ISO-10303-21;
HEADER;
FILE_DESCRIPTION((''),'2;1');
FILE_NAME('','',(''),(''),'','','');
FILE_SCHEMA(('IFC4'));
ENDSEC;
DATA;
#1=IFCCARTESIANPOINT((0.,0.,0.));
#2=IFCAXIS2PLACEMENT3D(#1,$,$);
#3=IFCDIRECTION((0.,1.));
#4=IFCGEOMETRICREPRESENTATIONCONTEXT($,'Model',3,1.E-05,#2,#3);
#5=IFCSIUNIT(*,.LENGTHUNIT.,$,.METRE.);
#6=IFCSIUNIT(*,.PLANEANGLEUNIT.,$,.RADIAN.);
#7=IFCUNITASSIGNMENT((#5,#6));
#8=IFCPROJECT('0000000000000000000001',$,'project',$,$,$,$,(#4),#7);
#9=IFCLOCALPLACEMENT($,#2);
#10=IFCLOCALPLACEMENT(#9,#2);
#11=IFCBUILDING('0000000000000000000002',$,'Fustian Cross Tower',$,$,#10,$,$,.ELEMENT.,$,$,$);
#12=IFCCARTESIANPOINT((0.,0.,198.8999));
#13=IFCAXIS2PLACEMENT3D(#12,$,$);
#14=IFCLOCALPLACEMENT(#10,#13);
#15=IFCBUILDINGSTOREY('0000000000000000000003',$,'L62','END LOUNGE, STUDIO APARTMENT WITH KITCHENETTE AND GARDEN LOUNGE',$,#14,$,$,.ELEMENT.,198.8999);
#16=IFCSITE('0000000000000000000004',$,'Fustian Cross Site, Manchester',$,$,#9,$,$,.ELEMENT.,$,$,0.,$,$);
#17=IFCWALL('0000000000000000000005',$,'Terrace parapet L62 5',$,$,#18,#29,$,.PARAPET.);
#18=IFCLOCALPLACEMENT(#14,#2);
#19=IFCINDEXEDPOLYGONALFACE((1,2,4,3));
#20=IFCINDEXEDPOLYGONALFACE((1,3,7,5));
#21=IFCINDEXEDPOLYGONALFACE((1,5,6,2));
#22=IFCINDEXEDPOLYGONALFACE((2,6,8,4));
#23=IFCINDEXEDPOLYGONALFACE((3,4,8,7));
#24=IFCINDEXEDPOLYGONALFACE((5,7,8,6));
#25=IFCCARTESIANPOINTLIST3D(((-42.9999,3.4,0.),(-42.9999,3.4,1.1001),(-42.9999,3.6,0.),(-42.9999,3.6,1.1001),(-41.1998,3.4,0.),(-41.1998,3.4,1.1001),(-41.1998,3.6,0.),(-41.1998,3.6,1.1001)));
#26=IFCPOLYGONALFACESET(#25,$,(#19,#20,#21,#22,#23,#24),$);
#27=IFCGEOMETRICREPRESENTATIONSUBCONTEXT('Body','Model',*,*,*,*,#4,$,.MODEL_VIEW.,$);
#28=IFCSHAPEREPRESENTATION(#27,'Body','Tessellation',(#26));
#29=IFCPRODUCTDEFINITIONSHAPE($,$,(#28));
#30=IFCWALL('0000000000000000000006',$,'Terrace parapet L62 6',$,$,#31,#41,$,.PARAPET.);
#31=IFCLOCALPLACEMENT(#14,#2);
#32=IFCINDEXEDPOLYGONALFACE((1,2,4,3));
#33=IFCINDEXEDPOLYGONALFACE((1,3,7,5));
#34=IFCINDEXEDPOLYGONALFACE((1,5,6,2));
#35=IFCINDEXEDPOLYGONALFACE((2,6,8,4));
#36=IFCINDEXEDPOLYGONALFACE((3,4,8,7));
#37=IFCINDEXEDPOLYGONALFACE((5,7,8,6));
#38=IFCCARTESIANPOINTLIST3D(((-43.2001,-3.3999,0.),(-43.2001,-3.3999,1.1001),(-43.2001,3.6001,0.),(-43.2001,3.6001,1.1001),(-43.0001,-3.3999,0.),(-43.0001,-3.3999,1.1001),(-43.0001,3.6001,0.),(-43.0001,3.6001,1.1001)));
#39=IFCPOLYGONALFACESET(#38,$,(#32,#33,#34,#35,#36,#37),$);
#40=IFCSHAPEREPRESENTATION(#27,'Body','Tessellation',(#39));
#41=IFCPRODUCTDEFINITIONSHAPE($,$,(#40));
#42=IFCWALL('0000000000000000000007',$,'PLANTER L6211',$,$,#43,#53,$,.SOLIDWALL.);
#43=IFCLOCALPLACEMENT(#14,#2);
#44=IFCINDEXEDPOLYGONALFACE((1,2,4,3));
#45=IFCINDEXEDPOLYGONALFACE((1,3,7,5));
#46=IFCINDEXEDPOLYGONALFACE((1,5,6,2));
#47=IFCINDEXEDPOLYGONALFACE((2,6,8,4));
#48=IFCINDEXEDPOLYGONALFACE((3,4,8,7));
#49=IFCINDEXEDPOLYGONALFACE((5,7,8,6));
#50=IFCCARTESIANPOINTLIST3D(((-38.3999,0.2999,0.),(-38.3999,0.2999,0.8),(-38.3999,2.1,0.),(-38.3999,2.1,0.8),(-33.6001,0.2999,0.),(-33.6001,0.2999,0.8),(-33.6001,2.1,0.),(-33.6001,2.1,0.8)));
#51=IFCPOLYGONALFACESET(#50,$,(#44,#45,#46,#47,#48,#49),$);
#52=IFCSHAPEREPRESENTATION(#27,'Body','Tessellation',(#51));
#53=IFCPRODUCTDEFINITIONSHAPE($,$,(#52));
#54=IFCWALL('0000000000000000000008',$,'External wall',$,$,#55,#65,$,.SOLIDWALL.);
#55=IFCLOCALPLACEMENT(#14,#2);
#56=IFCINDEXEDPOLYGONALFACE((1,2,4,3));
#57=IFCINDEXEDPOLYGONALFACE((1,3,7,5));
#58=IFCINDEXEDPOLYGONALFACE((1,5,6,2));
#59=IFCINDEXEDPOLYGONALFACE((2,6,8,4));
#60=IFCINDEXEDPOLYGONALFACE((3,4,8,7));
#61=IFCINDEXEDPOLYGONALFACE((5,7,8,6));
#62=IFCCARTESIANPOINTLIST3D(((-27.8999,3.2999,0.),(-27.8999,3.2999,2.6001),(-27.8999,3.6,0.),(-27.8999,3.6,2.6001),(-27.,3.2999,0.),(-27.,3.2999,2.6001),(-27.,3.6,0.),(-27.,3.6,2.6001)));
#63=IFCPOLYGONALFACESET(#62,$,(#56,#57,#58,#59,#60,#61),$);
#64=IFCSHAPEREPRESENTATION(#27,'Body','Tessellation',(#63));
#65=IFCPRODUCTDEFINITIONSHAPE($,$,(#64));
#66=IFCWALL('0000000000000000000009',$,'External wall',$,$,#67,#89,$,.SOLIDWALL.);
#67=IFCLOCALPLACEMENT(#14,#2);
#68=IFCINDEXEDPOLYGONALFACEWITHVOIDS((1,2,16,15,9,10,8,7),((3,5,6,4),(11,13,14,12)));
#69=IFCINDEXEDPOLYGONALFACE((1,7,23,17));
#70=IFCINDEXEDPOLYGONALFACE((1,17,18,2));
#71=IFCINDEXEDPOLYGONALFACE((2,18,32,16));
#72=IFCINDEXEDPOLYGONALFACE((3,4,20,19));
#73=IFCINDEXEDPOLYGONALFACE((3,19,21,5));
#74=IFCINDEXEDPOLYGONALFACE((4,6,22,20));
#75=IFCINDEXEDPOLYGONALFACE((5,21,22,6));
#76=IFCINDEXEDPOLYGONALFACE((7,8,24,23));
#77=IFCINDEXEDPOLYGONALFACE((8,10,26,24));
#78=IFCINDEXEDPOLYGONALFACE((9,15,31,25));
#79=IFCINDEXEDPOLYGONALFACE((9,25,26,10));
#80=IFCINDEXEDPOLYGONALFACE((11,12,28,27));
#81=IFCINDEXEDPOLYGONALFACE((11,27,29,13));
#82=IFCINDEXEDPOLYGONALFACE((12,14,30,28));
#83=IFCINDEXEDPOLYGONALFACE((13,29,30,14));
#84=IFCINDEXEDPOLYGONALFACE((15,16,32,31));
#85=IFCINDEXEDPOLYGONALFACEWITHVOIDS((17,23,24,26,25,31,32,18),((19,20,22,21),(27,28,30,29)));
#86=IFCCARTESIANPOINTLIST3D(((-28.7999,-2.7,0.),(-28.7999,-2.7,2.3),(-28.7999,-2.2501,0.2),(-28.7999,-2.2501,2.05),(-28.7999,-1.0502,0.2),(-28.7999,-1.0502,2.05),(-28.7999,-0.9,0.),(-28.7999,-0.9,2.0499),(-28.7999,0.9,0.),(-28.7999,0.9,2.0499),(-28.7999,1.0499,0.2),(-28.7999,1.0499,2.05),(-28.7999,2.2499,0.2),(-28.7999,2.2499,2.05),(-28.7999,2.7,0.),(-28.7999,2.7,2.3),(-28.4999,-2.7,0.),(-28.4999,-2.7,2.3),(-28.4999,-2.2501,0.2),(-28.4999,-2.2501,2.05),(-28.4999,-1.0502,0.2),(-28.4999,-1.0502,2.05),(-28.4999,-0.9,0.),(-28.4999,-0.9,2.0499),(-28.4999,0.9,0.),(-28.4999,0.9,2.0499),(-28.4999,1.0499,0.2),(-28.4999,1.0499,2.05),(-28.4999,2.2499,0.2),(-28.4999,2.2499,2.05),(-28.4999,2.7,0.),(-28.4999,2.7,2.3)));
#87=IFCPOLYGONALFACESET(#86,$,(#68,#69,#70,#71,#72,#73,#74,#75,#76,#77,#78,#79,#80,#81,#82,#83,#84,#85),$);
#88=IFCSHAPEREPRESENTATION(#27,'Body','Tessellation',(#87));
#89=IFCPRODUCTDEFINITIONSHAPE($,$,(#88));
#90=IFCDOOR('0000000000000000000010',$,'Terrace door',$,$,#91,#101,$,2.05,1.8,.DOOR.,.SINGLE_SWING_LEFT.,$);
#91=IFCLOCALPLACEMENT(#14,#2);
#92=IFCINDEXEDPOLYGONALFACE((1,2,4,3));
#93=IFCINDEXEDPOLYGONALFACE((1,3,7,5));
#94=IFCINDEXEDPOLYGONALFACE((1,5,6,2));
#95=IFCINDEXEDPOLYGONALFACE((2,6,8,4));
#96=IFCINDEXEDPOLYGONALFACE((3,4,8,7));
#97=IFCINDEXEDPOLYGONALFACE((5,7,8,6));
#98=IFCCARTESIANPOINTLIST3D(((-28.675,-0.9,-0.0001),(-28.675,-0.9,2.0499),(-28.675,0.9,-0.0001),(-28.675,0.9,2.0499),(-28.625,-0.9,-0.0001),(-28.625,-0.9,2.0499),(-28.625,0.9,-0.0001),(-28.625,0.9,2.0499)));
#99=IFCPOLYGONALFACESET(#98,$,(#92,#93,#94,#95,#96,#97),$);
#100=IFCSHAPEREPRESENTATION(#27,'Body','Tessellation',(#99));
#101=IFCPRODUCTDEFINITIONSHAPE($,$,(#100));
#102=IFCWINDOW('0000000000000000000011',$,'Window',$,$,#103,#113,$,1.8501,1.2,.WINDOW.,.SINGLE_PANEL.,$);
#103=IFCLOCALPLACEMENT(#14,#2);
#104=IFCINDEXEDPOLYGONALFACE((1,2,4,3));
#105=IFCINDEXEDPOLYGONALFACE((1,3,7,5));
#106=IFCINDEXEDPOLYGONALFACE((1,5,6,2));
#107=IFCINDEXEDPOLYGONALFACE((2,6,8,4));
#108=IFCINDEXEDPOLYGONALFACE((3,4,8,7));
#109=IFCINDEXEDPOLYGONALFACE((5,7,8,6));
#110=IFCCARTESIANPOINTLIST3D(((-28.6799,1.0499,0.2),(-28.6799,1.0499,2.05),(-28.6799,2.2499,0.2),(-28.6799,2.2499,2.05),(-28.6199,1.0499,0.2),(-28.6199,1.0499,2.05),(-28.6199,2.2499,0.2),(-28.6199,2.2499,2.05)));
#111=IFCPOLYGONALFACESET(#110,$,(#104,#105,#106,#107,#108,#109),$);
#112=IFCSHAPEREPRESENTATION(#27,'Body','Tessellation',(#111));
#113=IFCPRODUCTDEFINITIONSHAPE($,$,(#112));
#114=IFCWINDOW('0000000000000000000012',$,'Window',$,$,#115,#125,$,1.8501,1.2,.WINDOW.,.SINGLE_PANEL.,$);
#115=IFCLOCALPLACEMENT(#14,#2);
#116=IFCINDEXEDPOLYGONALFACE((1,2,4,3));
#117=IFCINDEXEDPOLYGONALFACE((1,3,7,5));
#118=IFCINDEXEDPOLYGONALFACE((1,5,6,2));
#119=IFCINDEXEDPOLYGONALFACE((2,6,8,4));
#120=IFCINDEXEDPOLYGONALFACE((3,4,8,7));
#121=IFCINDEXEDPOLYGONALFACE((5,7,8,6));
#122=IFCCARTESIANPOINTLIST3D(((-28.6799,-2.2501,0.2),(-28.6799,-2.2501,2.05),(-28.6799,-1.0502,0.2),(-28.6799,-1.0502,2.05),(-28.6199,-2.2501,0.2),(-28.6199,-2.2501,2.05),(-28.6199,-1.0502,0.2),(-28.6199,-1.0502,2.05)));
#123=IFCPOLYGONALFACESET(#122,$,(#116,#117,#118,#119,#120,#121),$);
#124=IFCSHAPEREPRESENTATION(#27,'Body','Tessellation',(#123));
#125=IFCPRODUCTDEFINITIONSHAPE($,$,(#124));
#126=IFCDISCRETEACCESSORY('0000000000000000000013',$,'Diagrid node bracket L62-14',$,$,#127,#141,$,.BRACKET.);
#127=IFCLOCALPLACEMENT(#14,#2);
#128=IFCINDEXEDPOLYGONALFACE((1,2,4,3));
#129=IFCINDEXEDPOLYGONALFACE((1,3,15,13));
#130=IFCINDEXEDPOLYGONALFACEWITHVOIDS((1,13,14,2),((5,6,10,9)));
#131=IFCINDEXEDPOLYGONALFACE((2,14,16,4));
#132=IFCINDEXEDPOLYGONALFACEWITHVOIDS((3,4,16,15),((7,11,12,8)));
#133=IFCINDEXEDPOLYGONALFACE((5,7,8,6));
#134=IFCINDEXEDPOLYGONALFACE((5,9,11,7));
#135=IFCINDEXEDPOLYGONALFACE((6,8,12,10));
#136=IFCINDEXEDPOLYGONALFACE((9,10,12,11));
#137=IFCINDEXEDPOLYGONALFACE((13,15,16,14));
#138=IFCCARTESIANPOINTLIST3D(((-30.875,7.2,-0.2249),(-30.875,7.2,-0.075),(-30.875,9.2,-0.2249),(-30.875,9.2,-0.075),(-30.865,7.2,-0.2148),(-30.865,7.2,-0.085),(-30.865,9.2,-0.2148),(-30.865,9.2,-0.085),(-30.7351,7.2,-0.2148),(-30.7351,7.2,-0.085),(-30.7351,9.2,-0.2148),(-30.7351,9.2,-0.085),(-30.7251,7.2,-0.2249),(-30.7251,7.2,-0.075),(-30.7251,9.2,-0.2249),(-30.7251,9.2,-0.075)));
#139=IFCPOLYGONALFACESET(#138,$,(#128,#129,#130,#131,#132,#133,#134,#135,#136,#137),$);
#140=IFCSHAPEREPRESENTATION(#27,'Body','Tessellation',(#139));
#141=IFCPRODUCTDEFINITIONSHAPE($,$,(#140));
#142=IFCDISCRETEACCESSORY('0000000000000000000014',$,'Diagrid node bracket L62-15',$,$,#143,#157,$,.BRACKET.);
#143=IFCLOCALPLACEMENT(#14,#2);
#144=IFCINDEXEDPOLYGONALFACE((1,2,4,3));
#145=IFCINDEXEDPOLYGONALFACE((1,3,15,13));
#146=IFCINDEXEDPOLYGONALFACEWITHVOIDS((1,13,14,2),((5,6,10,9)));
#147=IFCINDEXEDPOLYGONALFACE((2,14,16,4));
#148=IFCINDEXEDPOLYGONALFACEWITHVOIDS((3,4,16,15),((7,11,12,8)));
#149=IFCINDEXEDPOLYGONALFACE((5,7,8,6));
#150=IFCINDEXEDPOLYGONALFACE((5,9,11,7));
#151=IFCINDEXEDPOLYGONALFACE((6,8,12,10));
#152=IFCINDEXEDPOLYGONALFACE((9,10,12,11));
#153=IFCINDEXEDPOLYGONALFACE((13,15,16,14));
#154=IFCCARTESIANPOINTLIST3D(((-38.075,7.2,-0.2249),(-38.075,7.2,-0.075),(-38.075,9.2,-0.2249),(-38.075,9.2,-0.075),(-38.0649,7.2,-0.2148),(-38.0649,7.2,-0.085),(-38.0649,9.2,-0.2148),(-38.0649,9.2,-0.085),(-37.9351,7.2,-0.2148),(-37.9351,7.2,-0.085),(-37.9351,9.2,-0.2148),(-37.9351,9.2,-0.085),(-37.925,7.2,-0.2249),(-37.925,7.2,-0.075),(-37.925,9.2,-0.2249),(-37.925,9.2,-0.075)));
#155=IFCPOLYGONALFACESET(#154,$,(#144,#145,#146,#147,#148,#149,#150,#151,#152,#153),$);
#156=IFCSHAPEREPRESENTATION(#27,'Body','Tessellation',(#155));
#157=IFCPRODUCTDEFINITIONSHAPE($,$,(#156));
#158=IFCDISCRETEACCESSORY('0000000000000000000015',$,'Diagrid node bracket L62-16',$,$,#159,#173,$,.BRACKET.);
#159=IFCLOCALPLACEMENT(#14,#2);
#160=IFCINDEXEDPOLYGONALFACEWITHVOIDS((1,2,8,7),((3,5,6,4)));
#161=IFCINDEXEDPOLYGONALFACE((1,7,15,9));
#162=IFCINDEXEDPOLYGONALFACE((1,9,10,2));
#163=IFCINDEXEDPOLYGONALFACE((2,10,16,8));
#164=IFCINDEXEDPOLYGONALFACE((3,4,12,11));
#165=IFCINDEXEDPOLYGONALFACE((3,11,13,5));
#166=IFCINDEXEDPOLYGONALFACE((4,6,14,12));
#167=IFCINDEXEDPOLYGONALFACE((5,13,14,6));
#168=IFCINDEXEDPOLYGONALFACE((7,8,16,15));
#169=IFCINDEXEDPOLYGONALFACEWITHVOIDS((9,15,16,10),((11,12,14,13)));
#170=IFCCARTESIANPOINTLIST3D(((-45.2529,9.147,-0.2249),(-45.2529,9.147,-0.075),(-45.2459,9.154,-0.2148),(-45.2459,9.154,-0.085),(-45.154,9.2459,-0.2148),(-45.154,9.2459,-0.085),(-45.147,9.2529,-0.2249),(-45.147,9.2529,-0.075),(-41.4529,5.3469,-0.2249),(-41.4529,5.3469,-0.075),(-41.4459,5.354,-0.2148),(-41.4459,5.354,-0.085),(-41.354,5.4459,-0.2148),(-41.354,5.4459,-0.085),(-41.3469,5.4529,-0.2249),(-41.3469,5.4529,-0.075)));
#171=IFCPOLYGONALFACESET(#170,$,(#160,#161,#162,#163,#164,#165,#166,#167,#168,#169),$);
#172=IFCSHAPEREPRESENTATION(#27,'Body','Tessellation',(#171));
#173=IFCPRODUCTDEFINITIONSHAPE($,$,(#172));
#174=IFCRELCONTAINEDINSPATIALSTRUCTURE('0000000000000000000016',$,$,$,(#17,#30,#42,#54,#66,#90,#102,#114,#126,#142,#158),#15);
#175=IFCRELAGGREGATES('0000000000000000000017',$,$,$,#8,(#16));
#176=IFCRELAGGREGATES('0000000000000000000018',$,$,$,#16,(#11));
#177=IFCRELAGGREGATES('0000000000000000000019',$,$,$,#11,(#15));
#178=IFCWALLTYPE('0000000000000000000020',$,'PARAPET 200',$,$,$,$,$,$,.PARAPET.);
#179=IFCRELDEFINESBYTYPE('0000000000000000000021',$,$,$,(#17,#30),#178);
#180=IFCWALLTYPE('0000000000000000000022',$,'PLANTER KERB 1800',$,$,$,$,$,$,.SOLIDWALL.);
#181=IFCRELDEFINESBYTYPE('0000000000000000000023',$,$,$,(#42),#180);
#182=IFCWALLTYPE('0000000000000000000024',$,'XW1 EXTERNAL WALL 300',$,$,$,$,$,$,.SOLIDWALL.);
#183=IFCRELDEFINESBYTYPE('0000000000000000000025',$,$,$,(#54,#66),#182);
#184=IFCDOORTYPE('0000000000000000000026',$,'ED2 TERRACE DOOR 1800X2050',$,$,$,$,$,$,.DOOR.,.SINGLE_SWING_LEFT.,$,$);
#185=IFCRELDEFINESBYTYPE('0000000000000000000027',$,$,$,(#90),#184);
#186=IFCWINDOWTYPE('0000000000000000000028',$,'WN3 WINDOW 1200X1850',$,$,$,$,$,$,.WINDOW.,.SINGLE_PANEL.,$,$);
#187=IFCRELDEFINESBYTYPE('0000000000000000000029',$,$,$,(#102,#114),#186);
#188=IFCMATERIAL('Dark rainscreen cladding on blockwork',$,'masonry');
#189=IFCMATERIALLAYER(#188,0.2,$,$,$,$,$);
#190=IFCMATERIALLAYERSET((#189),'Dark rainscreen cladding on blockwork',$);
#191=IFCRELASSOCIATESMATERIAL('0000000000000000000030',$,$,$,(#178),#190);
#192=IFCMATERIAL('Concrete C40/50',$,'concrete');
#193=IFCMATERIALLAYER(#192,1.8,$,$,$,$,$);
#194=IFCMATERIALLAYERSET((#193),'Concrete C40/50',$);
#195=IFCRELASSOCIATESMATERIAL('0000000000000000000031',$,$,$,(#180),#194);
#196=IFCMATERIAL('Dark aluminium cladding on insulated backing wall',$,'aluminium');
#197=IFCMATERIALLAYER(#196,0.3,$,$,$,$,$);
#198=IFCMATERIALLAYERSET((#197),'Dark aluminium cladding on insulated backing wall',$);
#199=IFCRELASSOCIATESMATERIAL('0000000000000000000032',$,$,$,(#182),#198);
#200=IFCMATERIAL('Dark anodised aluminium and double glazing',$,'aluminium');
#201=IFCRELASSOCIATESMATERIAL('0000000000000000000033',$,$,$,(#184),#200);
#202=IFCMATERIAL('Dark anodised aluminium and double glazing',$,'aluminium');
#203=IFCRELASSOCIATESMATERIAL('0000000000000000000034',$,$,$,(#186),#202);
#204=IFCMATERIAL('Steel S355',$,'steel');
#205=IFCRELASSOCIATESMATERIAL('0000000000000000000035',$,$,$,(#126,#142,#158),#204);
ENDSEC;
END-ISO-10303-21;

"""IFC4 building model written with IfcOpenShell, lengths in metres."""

from ifc_helpers import new_model, si_unit, direction, frame, frame_2d, origin, origin_2d, place, context, subcontext, project, spatial, rectangle, hollow_rectangle, extrude, material, layer, layer_set, type_object, element, fill, save


model = new_model("IFC4")

# Units and contexts
model_context = context("Model", 3, precision=1e-05, world=origin(), true_north=direction((0.0, 1.0)))
body_context = subcontext(model_context, "Body", "Model", "MODEL_VIEW")
ifc_project = project(units=[si_unit("LENGTHUNIT", "METRE"), si_unit("PLANEANGLEUNIT", "RADIAN")], contexts=[model_context])

# Site, building, storey
site_placement = place(None, origin())
site = spatial("IfcSite", under=ifc_project, at=site_placement, Name="Fustian Cross Site, Manchester", CompositionType="ELEMENT", RefElevation=0.0)
building_placement = place(site_placement, origin())
building = spatial("IfcBuilding", under=site, at=building_placement, Name="Fustian Cross Tower", CompositionType="ELEMENT")
storey_placement = place(building_placement, frame((0.0, 0.0, 198.8999)))
storey = spatial("IfcBuildingStorey", under=building, at=storey_placement, Name="L62", Description="END LOUNGE, STUDIO APARTMENT WITH KITCHENETTE AND GARDEN LOUNGE", CompositionType="ELEMENT", Elevation=198.8999)

# Walls
ifc_material_1 = material(Name="Dark rainscreen cladding on blockwork", Category="masonry")
ifc_layer_1 = layer(ifc_material_1, 0.2)
ifc_layer_set_1 = layer_set([ifc_layer_1], Name="Dark rainscreen cladding on blockwork")
wall_type_1 = type_object("IfcWallType", Name="PARAPET 200", PredefinedType="PARAPET", material=ifc_layer_set_1)
wall_1_placement = place(storey_placement, frame((-41.2, 3.5, 0.0), z_axis=(0.0, 0.0, 1.0), x_axis=(-1.0, 0.0, 0.0)))
element("IfcWall", 1, at=wall_1_placement, inside=storey, type_object=wall_type_1, Name="Terrace parapet L62 5", PredefinedType="PARAPET", context=body_context, shape_type="SweptSolid", body=[
    extrude(rectangle(XDim=1.8, YDim=0.2, at=frame_2d((0.8999, 0.0))), origin(), (0.0, 0.0, 1.0), 1.1001),
])
wall_2_placement = place(storey_placement, frame((-43.1001, 3.6001, 0.0), z_axis=(0.0, 0.0, 1.0), x_axis=(0.0, -1.0, 0.0)))
element("IfcWall", 2, at=wall_2_placement, inside=storey, type_object=wall_type_1, Name="Terrace parapet L62 6", PredefinedType="PARAPET", context=body_context, shape_type="SweptSolid", body=[
    extrude(rectangle(XDim=7.0, YDim=0.2, at=frame_2d((3.5, 0.0))), origin(), (0.0, 0.0, 1.0), 1.1001),
])
ifc_material_2 = material(Name="Concrete C40/50", Category="concrete")
ifc_layer_2 = layer(ifc_material_2, 1.8)
ifc_layer_set_2 = layer_set([ifc_layer_2], Name="Concrete C40/50")
wall_type_2 = type_object("IfcWallType", Name="PLANTER KERB 1800", PredefinedType="SOLIDWALL", material=ifc_layer_set_2)
wall_3_placement = place(storey_placement, frame((-38.3999, 1.2, 0.0), z_axis=(0.0, 0.0, 1.0), x_axis=(1.0, 0.0, 0.0)))
element("IfcWall", 3, at=wall_3_placement, inside=storey, type_object=wall_type_2, Name="PLANTER L6211", PredefinedType="SOLIDWALL", context=body_context, shape_type="SweptSolid", body=[
    extrude(rectangle(XDim=4.7998, YDim=1.8, at=frame_2d((2.3999, 0.0))), origin(), (0.0, 0.0, 1.0), 0.8),
])
ifc_material_3 = material(Name="Dark aluminium cladding on insulated backing wall", Category="aluminium")
ifc_layer_3 = layer(ifc_material_3, 0.3)
ifc_layer_set_3 = layer_set([ifc_layer_3], Name="Dark aluminium cladding on insulated backing wall")
wall_type_3 = type_object("IfcWallType", Name="XW1 EXTERNAL WALL 300", PredefinedType="SOLIDWALL", material=ifc_layer_set_3)
wall_4_placement = place(storey_placement, frame((-27.0, 3.45, 0.0), z_axis=(0.0, 0.0, 1.0), x_axis=(-1.0, 0.0, 0.0)))
element("IfcWall", 4, at=wall_4_placement, inside=storey, type_object=wall_type_3, Name="External wall", PredefinedType="SOLIDWALL", context=body_context, shape_type="SweptSolid", body=[
    extrude(rectangle(XDim=0.8999, YDim=0.3, at=frame_2d((0.45, 0.0))), origin(), (0.0, 0.0, 1.0), 2.6001),
])

# Wall, openings, door, windows
wall_5_placement = place(storey_placement, frame((-28.6499, 2.7, 0.0), z_axis=(0.0, 0.0, 1.0), x_axis=(0.0, -1.0, 0.0)))
wall_5 = element("IfcWall", 5, at=wall_5_placement, inside=storey, type_object=wall_type_3, Name="External wall", PredefinedType="SOLIDWALL", context=body_context, shape_type="SweptSolid", body=[
    extrude(rectangle(XDim=5.3999, YDim=0.3, at=frame_2d((2.7, 0.0))), origin(), (0.0, 0.0, 1.0), 2.3),
])
opening_1_placement = place(wall_5_placement, frame((1.8, 0.0, 0.0)))
opening_1 = element("IfcOpeningElement", 6, at=opening_1_placement, cuts=wall_5, PredefinedType="OPENING", context=body_context, shape_type="SweptSolid", body=[
    extrude(rectangle(XDim=1.8, YDim=2.05, at=frame_2d((0.8999, 1.0249))), frame((0.0, 0.1599, 0.0), z_axis=(0.0, -1.0, 0.0), x_axis=(1.0, 0.0, 0.0)), (0.0, 0.0, 1.0), 0.3201),
])
opening_2_placement = place(wall_5_placement, frame((0.45, 0.0, 0.2)))
opening_2 = element("IfcOpeningElement", 7, at=opening_2_placement, cuts=wall_5, PredefinedType="OPENING", context=body_context, shape_type="SweptSolid", body=[
    extrude(rectangle(XDim=1.2, YDim=1.8501, at=frame_2d((0.6001, 0.925))), frame((0.0, 0.1599, 0.0), z_axis=(0.0, -1.0, 0.0), x_axis=(1.0, 0.0, 0.0)), (0.0, 0.0, 1.0), 0.3201),
])
opening_3_placement = place(wall_5_placement, frame((3.75, 0.0, 0.2)))
opening_3 = element("IfcOpeningElement", 8, at=opening_3_placement, cuts=wall_5, PredefinedType="OPENING", context=body_context, shape_type="SweptSolid", body=[
    extrude(rectangle(XDim=1.2, YDim=1.8501, at=frame_2d((0.6001, 0.925))), frame((0.0, 0.1599, 0.0), z_axis=(0.0, -1.0, 0.0), x_axis=(1.0, 0.0, 0.0)), (0.0, 0.0, 1.0), 0.3201),
])
ifc_material_4 = material(Name="Dark anodised aluminium and double glazing", Category="aluminium")
door_type = type_object("IfcDoorType", Name="ED2 TERRACE DOOR 1800X2050", OperationType="SINGLE_SWING_LEFT", PredefinedType="DOOR", material=ifc_material_4)
door_placement = place(opening_1_placement, origin())
door = element("IfcDoor", 9, at=door_placement, inside=storey, type_object=door_type, Name="Terrace door", OperationType="SINGLE_SWING_LEFT", OverallHeight=2.05, OverallWidth=1.8, PredefinedType="DOOR", context=body_context, shape_type="SweptSolid", body=[
    extrude(rectangle(XDim=1.8, YDim=2.05, at=frame_2d((0.8999, 1.0249))), frame((0.0, 0.0249, 0.0), z_axis=(0.0, -1.0, 0.0), x_axis=(1.0, 0.0, 0.0)), (0.0, 0.0, 1.0), 0.05),
])
fill(opening_1, door)
ifc_material_5 = material(Name="Dark anodised aluminium and double glazing", Category="aluminium")
window_type = type_object("IfcWindowType", Name="WN3 WINDOW 1200X1850", PartitioningType="SINGLE_PANEL", PredefinedType="WINDOW", material=ifc_material_5)
window_1_placement = place(opening_2_placement, origin())
window_1 = element("IfcWindow", 10, at=window_1_placement, inside=storey, type_object=window_type, Name="Window", OverallHeight=1.8501, OverallWidth=1.2, PartitioningType="SINGLE_PANEL", PredefinedType="WINDOW", context=body_context, shape_type="SweptSolid", body=[
    extrude(rectangle(XDim=1.2, YDim=1.8501, at=frame_2d((0.6001, 0.925))), frame((0.0, 0.03, 0.0), z_axis=(0.0, -1.0, 0.0), x_axis=(1.0, 0.0, 0.0)), (0.0, 0.0, 1.0), 0.0601),
])
fill(opening_2, window_1)
window_2_placement = place(opening_3_placement, origin())
window_2 = element("IfcWindow", 11, at=window_2_placement, inside=storey, type_object=window_type, Name="Window", OverallHeight=1.8501, OverallWidth=1.2, PartitioningType="SINGLE_PANEL", PredefinedType="WINDOW", context=body_context, shape_type="SweptSolid", body=[
    extrude(rectangle(XDim=1.2, YDim=1.8501, at=frame_2d((0.6001, 0.925))), frame((0.0, 0.03, 0.0), z_axis=(0.0, -1.0, 0.0), x_axis=(1.0, 0.0, 0.0)), (0.0, 0.0, 1.0), 0.0601),
])
fill(opening_3, window_2)

# Discrete accessories
ifc_material_6 = material(Name="Steel S355", Category="steel")
for number, where, z_axis, x_axis, name in (
    (12, (-30.8, 9.2, -0.1499), (0.0, -1.0, 0.0), (1.0, 0.0, 0.0), "Diagrid node bracket L62-14"),
    (13, (-38.0, 9.2, -0.1499), (0.0, -1.0, 0.0), (1.0, 0.0, 0.0), "Diagrid node bracket L62-15"),
):
    element("IfcDiscreteAccessory", number, at=place(storey_placement, frame(where, z_axis=z_axis, x_axis=x_axis)), inside=storey, material=ifc_material_6, Name=name, PredefinedType="BRACKET", context=body_context, shape_type="SweptSolid", body=[
        extrude(hollow_rectangle(XDim=0.1499, YDim=0.1499, WallThickness=0.01, at=origin_2d()), origin(), (0.0, 0.0, 1.0), 2.0),
    ])
discrete_accessory_placement = place(storey_placement, frame((-45.2, 9.2, -0.1499), z_axis=(0.707107, -0.707107, 0.0), x_axis=(0.707107, 0.707107, 0.0)))
element("IfcDiscreteAccessory", 14, at=discrete_accessory_placement, inside=storey, material=ifc_material_6, Name="Diagrid node bracket L62-16", PredefinedType="BRACKET", context=body_context, shape_type="SweptSolid", body=[
    extrude(hollow_rectangle(XDim=0.1499, YDim=0.1499, WallThickness=0.01, at=origin_2d()), origin(), (0.0, 0.0, 1.0), 5.374),
])

save(model, "model.ifc")
